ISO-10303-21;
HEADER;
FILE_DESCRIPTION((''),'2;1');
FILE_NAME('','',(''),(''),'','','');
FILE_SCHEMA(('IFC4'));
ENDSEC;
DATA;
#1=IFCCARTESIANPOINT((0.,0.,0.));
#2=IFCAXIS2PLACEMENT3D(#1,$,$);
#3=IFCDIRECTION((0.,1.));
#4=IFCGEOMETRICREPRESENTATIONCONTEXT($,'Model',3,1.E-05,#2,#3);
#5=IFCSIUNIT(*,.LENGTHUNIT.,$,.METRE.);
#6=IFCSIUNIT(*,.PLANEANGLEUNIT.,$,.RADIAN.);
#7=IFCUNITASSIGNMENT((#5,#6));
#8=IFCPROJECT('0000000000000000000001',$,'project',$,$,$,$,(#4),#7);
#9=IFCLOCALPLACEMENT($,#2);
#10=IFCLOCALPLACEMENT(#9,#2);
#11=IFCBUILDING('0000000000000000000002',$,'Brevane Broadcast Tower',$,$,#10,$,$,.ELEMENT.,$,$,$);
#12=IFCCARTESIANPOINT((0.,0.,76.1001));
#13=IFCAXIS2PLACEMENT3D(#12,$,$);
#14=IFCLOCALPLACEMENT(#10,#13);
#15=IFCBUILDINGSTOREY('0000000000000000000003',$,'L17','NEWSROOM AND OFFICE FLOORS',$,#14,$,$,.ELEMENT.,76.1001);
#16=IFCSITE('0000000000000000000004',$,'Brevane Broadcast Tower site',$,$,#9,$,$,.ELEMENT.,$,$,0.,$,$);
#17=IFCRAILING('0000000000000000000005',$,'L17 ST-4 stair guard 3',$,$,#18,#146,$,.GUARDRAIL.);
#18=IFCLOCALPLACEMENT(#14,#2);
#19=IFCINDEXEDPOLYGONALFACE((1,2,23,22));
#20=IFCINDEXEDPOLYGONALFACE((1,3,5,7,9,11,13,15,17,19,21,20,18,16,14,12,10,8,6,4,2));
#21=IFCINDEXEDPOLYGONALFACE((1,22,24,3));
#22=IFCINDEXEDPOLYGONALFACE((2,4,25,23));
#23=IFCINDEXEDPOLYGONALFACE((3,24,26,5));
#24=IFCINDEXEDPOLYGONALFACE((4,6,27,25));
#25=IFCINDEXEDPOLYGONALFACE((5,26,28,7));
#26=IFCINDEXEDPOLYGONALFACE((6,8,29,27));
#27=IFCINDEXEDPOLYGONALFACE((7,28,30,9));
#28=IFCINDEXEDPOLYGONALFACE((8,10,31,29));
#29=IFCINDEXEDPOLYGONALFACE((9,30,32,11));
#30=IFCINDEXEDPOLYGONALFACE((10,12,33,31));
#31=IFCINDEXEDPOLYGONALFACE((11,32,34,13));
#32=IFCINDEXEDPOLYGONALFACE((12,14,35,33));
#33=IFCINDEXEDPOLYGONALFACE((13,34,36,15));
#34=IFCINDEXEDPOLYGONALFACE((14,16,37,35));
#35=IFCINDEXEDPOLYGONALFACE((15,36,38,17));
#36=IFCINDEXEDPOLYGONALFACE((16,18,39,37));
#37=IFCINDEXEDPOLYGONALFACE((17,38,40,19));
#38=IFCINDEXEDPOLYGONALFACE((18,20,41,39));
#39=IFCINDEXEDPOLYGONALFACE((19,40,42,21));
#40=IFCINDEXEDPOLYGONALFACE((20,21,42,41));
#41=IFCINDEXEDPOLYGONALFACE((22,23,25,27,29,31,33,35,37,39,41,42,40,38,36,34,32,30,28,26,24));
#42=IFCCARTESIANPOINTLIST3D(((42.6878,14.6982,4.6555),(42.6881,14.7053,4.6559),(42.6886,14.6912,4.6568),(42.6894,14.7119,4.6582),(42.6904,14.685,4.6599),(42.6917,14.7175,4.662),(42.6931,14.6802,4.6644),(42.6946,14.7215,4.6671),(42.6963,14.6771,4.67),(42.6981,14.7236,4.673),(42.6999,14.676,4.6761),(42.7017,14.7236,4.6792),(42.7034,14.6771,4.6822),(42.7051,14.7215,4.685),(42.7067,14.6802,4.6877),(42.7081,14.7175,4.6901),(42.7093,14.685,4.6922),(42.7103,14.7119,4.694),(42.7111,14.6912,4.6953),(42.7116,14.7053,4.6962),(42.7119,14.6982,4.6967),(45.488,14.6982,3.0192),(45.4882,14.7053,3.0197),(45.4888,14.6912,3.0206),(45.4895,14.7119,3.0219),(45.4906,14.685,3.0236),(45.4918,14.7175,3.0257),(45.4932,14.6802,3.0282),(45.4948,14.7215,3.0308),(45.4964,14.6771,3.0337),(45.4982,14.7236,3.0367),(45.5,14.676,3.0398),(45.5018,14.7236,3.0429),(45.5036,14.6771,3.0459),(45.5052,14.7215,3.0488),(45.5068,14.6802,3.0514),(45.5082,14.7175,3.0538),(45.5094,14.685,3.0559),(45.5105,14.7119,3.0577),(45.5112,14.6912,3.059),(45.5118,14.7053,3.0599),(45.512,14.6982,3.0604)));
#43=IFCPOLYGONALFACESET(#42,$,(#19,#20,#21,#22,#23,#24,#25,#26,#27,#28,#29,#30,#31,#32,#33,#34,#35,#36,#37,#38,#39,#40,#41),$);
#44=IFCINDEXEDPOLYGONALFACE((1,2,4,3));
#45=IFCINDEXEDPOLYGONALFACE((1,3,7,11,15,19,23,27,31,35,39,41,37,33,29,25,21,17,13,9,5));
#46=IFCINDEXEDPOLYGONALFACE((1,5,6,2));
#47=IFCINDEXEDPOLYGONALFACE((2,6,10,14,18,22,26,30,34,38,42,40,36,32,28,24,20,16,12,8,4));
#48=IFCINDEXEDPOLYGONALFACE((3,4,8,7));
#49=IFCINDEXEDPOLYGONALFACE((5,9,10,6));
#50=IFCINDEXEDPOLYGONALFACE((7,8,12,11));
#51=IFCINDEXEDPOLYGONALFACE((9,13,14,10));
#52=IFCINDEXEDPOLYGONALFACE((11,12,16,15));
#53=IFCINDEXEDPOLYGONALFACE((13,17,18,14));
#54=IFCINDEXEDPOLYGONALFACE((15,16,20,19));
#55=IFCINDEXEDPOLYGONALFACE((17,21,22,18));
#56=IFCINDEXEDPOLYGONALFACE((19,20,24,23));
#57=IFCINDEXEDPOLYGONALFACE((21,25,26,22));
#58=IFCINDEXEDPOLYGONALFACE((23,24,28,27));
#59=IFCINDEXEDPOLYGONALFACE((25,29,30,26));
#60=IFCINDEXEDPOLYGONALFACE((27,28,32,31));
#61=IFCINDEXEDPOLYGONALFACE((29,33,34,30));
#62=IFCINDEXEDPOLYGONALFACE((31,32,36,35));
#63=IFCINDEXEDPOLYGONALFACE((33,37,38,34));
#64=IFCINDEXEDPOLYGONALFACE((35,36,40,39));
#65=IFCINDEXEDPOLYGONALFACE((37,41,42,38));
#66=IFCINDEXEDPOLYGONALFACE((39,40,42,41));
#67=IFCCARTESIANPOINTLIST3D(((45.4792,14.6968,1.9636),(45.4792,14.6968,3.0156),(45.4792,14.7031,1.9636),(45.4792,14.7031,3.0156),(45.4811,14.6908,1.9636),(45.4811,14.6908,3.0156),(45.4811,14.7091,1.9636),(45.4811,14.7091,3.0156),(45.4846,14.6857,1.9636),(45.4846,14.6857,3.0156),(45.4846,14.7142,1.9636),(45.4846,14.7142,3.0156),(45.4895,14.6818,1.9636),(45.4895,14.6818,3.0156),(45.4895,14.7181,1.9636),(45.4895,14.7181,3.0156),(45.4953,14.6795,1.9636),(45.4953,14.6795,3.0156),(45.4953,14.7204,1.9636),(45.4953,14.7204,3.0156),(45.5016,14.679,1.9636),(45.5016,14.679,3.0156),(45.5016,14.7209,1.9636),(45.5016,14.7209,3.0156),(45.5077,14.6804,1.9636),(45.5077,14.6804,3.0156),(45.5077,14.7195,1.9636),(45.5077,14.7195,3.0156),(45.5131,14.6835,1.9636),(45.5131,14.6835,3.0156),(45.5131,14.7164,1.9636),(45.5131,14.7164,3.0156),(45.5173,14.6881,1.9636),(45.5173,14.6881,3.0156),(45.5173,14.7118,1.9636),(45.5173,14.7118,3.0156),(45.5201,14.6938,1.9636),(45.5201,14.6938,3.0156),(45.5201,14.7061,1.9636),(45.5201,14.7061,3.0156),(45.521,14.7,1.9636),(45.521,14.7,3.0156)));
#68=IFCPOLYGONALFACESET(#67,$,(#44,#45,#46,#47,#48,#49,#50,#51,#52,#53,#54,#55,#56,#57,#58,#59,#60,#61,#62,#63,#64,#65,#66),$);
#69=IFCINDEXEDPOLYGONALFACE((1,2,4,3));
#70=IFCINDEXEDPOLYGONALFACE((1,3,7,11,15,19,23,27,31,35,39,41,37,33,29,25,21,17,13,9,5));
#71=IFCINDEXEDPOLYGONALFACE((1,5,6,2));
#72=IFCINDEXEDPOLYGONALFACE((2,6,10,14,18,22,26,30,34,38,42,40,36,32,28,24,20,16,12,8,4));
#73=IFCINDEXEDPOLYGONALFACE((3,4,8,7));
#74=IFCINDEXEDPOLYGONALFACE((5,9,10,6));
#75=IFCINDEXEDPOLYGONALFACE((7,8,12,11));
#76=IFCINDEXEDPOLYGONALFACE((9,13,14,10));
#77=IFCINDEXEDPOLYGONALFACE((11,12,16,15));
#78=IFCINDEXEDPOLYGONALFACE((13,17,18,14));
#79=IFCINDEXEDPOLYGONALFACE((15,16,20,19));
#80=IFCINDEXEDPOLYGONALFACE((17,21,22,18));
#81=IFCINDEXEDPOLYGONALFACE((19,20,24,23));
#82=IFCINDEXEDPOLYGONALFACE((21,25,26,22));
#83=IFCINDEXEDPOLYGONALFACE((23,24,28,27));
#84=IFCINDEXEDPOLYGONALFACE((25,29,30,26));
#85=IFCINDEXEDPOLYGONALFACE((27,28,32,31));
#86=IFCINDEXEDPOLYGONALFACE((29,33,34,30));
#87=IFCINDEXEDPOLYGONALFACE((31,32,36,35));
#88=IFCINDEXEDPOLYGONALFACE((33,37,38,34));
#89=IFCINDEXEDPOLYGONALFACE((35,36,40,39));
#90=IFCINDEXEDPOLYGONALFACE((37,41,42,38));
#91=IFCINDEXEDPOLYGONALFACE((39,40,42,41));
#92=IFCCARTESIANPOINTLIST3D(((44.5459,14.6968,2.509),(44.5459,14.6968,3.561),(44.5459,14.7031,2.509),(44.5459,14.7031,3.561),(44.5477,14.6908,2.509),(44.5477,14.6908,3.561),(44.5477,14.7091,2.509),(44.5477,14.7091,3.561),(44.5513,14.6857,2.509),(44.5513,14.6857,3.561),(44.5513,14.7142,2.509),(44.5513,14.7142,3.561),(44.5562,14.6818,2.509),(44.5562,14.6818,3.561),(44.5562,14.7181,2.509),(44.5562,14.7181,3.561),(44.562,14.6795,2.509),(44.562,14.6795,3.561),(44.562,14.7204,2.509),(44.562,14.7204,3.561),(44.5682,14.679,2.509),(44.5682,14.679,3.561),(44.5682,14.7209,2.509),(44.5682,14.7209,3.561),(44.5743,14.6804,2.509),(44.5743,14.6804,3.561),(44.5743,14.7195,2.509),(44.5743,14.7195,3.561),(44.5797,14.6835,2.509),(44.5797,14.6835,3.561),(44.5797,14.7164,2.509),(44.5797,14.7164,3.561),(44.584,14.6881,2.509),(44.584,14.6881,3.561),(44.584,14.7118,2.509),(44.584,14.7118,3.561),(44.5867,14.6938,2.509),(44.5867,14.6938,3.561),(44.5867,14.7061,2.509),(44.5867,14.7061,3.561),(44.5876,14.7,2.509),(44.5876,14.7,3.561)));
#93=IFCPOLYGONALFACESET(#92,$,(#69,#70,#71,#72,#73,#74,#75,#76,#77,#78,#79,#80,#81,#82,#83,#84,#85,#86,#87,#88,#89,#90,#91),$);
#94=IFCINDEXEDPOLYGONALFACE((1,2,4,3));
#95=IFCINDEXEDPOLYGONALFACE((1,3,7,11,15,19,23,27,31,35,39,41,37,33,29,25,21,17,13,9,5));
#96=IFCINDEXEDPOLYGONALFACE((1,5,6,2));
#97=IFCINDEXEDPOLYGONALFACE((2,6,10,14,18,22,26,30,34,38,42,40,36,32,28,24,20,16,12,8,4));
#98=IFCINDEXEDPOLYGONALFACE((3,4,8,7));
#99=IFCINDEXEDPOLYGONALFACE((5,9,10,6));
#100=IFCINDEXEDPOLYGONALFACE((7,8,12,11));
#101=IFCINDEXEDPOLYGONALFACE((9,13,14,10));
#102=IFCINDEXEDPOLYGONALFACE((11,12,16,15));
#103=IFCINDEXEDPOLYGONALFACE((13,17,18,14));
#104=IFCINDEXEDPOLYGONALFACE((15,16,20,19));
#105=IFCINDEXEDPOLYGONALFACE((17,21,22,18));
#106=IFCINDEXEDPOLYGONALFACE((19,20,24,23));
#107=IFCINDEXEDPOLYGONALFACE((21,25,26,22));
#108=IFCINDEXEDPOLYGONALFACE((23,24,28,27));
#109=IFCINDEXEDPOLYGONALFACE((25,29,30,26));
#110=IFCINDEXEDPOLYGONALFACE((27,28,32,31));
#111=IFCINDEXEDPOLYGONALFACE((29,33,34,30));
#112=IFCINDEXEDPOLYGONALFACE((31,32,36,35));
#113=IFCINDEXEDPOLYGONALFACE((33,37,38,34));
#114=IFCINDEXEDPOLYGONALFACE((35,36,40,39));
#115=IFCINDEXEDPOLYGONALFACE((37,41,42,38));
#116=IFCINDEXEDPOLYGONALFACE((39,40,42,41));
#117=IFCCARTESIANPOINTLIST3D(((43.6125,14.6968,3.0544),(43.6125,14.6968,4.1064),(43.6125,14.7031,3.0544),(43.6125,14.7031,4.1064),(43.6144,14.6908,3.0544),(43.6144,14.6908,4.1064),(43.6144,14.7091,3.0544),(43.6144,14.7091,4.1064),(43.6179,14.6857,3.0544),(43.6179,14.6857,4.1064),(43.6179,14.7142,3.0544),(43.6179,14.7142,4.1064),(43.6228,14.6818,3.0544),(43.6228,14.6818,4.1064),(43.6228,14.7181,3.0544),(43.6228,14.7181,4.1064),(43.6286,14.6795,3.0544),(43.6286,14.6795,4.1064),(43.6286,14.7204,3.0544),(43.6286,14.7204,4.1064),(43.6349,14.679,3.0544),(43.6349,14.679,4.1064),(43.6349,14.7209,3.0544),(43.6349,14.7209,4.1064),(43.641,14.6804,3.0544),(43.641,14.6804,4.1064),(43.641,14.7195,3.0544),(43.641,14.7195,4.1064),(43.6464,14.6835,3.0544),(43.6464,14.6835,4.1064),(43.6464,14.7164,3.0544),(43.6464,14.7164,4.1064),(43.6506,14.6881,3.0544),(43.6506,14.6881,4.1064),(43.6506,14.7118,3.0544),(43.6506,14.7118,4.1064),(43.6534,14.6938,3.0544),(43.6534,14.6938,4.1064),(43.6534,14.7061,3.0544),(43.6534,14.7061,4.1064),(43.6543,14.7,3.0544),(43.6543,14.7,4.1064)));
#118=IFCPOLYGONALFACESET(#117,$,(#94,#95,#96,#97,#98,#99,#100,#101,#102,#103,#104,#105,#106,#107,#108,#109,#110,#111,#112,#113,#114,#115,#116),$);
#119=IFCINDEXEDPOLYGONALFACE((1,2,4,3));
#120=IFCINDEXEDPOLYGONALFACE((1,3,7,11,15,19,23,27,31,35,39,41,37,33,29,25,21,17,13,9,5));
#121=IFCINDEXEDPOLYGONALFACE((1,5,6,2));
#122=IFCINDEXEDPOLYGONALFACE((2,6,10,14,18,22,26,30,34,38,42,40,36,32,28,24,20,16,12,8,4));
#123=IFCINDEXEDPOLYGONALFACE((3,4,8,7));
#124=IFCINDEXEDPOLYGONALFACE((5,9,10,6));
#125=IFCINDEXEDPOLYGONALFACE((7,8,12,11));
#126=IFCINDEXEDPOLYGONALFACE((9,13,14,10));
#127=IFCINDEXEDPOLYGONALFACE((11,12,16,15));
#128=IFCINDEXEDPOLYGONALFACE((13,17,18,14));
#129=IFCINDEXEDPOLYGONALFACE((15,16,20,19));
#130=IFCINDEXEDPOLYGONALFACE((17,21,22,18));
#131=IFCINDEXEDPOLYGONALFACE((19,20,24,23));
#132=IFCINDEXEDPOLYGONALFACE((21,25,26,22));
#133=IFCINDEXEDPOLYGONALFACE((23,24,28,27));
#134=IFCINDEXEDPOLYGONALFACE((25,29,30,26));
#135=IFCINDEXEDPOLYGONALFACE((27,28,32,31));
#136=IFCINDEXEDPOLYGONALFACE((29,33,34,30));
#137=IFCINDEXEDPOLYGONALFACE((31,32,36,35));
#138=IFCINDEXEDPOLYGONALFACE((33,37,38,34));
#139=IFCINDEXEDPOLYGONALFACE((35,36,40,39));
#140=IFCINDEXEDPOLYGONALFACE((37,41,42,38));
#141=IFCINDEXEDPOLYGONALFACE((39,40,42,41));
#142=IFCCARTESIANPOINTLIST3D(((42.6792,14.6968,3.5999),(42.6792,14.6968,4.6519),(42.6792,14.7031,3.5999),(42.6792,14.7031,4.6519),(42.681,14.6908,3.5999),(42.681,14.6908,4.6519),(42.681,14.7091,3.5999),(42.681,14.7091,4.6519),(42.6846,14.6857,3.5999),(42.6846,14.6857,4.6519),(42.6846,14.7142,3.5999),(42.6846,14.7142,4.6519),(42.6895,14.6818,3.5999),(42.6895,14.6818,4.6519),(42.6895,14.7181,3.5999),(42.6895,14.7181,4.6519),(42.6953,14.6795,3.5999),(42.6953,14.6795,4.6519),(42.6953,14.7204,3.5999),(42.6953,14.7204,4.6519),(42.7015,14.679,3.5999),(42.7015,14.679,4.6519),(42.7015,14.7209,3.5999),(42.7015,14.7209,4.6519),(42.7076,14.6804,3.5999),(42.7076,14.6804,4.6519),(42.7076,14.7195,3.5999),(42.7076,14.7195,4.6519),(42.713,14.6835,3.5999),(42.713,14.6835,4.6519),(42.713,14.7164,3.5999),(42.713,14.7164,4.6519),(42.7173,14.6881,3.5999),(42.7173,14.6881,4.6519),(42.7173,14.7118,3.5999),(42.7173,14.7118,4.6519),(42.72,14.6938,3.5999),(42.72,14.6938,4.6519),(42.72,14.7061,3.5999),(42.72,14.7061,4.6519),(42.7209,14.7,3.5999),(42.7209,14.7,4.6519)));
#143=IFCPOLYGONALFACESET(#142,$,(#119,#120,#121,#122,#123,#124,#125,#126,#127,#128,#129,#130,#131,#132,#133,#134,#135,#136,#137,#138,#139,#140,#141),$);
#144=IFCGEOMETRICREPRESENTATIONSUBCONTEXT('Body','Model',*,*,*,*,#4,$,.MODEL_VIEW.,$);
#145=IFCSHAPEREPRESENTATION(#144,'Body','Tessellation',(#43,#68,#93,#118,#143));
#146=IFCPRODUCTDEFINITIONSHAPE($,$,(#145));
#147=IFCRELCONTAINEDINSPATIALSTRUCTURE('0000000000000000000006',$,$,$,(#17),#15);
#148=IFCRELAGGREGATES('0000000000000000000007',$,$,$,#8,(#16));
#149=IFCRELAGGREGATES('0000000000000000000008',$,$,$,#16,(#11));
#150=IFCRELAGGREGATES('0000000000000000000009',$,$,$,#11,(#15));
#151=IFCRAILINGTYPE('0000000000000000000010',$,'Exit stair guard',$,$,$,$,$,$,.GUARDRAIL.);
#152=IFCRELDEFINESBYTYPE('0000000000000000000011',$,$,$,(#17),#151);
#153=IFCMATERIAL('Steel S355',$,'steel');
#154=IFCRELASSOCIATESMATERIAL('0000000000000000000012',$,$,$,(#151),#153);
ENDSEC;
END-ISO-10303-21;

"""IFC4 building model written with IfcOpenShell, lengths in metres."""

from ifc_helpers import new_model, si_unit, direction, frame, origin, origin_2d, place, context, subcontext, project, spatial, circle, extrude, material, type_object, element, save


model = new_model("IFC4")

# Units and contexts
model_context = context("Model", 3, precision=1e-05, world=origin(), true_north=direction((0.0, 1.0)))
body_context = subcontext(model_context, "Body", "Model", "MODEL_VIEW")
ifc_project = project(units=[si_unit("LENGTHUNIT", "METRE"), si_unit("PLANEANGLEUNIT", "RADIAN")], contexts=[model_context])

# Site, building, storey
site_placement = place(None, origin())
site = spatial("IfcSite", under=ifc_project, at=site_placement, Name="Brevane Broadcast Tower site", CompositionType="ELEMENT", RefElevation=0.0)
building_placement = place(site_placement, origin())
building = spatial("IfcBuilding", under=site, at=building_placement, Name="Brevane Broadcast Tower", CompositionType="ELEMENT")
storey_placement = place(building_placement, frame((0.0, 0.0, 76.1001)))
storey = spatial("IfcBuildingStorey", under=building, at=storey_placement, Name="L17", Description="NEWSROOM AND OFFICE FLOORS", CompositionType="ELEMENT", Elevation=76.1001)

# Railing
ifc_material_1 = material(Name="Steel S355", Category="steel")
railing_type_1 = type_object("IfcRailingType", Name="Exit stair guard", PredefinedType="GUARDRAIL", material=ifc_material_1)
railing_1_placement = place(storey_placement, frame((45.5, 14.7, 1.9636)))
element("IfcRailing", 1, at=railing_1_placement, inside=storey, type_object=railing_type_1, Name="L17 ST-4 stair guard 3", PredefinedType="GUARDRAIL", context=body_context, shape_type="SweptSolid", body=[
    extrude(circle(Radius=0.0239, at=origin_2d()), frame((0.0, 0.0, 1.0762), z_axis=(-0.863394, 0.0, 0.504531), x_axis=(0.0, -1.0, 0.0)), (0.0, 0.0, 1.0), 3.2432),
    extrude(circle(Radius=0.021, at=origin_2d()), origin(), (0.0, 0.0, 1.0), 1.052),
    extrude(circle(Radius=0.021, at=origin_2d()), frame((-0.9333, 0.0, 0.5454)), (0.0, 0.0, 1.0), 1.052),
    extrude(circle(Radius=0.021, at=origin_2d()), frame((-1.8667, 0.0, 1.0908)), (0.0, 0.0, 1.0), 1.052),
    extrude(circle(Radius=0.021, at=origin_2d()), frame((-2.8, 0.0, 1.6362)), (0.0, 0.0, 1.0), 1.052),
])

save(model, "model.ifc")
